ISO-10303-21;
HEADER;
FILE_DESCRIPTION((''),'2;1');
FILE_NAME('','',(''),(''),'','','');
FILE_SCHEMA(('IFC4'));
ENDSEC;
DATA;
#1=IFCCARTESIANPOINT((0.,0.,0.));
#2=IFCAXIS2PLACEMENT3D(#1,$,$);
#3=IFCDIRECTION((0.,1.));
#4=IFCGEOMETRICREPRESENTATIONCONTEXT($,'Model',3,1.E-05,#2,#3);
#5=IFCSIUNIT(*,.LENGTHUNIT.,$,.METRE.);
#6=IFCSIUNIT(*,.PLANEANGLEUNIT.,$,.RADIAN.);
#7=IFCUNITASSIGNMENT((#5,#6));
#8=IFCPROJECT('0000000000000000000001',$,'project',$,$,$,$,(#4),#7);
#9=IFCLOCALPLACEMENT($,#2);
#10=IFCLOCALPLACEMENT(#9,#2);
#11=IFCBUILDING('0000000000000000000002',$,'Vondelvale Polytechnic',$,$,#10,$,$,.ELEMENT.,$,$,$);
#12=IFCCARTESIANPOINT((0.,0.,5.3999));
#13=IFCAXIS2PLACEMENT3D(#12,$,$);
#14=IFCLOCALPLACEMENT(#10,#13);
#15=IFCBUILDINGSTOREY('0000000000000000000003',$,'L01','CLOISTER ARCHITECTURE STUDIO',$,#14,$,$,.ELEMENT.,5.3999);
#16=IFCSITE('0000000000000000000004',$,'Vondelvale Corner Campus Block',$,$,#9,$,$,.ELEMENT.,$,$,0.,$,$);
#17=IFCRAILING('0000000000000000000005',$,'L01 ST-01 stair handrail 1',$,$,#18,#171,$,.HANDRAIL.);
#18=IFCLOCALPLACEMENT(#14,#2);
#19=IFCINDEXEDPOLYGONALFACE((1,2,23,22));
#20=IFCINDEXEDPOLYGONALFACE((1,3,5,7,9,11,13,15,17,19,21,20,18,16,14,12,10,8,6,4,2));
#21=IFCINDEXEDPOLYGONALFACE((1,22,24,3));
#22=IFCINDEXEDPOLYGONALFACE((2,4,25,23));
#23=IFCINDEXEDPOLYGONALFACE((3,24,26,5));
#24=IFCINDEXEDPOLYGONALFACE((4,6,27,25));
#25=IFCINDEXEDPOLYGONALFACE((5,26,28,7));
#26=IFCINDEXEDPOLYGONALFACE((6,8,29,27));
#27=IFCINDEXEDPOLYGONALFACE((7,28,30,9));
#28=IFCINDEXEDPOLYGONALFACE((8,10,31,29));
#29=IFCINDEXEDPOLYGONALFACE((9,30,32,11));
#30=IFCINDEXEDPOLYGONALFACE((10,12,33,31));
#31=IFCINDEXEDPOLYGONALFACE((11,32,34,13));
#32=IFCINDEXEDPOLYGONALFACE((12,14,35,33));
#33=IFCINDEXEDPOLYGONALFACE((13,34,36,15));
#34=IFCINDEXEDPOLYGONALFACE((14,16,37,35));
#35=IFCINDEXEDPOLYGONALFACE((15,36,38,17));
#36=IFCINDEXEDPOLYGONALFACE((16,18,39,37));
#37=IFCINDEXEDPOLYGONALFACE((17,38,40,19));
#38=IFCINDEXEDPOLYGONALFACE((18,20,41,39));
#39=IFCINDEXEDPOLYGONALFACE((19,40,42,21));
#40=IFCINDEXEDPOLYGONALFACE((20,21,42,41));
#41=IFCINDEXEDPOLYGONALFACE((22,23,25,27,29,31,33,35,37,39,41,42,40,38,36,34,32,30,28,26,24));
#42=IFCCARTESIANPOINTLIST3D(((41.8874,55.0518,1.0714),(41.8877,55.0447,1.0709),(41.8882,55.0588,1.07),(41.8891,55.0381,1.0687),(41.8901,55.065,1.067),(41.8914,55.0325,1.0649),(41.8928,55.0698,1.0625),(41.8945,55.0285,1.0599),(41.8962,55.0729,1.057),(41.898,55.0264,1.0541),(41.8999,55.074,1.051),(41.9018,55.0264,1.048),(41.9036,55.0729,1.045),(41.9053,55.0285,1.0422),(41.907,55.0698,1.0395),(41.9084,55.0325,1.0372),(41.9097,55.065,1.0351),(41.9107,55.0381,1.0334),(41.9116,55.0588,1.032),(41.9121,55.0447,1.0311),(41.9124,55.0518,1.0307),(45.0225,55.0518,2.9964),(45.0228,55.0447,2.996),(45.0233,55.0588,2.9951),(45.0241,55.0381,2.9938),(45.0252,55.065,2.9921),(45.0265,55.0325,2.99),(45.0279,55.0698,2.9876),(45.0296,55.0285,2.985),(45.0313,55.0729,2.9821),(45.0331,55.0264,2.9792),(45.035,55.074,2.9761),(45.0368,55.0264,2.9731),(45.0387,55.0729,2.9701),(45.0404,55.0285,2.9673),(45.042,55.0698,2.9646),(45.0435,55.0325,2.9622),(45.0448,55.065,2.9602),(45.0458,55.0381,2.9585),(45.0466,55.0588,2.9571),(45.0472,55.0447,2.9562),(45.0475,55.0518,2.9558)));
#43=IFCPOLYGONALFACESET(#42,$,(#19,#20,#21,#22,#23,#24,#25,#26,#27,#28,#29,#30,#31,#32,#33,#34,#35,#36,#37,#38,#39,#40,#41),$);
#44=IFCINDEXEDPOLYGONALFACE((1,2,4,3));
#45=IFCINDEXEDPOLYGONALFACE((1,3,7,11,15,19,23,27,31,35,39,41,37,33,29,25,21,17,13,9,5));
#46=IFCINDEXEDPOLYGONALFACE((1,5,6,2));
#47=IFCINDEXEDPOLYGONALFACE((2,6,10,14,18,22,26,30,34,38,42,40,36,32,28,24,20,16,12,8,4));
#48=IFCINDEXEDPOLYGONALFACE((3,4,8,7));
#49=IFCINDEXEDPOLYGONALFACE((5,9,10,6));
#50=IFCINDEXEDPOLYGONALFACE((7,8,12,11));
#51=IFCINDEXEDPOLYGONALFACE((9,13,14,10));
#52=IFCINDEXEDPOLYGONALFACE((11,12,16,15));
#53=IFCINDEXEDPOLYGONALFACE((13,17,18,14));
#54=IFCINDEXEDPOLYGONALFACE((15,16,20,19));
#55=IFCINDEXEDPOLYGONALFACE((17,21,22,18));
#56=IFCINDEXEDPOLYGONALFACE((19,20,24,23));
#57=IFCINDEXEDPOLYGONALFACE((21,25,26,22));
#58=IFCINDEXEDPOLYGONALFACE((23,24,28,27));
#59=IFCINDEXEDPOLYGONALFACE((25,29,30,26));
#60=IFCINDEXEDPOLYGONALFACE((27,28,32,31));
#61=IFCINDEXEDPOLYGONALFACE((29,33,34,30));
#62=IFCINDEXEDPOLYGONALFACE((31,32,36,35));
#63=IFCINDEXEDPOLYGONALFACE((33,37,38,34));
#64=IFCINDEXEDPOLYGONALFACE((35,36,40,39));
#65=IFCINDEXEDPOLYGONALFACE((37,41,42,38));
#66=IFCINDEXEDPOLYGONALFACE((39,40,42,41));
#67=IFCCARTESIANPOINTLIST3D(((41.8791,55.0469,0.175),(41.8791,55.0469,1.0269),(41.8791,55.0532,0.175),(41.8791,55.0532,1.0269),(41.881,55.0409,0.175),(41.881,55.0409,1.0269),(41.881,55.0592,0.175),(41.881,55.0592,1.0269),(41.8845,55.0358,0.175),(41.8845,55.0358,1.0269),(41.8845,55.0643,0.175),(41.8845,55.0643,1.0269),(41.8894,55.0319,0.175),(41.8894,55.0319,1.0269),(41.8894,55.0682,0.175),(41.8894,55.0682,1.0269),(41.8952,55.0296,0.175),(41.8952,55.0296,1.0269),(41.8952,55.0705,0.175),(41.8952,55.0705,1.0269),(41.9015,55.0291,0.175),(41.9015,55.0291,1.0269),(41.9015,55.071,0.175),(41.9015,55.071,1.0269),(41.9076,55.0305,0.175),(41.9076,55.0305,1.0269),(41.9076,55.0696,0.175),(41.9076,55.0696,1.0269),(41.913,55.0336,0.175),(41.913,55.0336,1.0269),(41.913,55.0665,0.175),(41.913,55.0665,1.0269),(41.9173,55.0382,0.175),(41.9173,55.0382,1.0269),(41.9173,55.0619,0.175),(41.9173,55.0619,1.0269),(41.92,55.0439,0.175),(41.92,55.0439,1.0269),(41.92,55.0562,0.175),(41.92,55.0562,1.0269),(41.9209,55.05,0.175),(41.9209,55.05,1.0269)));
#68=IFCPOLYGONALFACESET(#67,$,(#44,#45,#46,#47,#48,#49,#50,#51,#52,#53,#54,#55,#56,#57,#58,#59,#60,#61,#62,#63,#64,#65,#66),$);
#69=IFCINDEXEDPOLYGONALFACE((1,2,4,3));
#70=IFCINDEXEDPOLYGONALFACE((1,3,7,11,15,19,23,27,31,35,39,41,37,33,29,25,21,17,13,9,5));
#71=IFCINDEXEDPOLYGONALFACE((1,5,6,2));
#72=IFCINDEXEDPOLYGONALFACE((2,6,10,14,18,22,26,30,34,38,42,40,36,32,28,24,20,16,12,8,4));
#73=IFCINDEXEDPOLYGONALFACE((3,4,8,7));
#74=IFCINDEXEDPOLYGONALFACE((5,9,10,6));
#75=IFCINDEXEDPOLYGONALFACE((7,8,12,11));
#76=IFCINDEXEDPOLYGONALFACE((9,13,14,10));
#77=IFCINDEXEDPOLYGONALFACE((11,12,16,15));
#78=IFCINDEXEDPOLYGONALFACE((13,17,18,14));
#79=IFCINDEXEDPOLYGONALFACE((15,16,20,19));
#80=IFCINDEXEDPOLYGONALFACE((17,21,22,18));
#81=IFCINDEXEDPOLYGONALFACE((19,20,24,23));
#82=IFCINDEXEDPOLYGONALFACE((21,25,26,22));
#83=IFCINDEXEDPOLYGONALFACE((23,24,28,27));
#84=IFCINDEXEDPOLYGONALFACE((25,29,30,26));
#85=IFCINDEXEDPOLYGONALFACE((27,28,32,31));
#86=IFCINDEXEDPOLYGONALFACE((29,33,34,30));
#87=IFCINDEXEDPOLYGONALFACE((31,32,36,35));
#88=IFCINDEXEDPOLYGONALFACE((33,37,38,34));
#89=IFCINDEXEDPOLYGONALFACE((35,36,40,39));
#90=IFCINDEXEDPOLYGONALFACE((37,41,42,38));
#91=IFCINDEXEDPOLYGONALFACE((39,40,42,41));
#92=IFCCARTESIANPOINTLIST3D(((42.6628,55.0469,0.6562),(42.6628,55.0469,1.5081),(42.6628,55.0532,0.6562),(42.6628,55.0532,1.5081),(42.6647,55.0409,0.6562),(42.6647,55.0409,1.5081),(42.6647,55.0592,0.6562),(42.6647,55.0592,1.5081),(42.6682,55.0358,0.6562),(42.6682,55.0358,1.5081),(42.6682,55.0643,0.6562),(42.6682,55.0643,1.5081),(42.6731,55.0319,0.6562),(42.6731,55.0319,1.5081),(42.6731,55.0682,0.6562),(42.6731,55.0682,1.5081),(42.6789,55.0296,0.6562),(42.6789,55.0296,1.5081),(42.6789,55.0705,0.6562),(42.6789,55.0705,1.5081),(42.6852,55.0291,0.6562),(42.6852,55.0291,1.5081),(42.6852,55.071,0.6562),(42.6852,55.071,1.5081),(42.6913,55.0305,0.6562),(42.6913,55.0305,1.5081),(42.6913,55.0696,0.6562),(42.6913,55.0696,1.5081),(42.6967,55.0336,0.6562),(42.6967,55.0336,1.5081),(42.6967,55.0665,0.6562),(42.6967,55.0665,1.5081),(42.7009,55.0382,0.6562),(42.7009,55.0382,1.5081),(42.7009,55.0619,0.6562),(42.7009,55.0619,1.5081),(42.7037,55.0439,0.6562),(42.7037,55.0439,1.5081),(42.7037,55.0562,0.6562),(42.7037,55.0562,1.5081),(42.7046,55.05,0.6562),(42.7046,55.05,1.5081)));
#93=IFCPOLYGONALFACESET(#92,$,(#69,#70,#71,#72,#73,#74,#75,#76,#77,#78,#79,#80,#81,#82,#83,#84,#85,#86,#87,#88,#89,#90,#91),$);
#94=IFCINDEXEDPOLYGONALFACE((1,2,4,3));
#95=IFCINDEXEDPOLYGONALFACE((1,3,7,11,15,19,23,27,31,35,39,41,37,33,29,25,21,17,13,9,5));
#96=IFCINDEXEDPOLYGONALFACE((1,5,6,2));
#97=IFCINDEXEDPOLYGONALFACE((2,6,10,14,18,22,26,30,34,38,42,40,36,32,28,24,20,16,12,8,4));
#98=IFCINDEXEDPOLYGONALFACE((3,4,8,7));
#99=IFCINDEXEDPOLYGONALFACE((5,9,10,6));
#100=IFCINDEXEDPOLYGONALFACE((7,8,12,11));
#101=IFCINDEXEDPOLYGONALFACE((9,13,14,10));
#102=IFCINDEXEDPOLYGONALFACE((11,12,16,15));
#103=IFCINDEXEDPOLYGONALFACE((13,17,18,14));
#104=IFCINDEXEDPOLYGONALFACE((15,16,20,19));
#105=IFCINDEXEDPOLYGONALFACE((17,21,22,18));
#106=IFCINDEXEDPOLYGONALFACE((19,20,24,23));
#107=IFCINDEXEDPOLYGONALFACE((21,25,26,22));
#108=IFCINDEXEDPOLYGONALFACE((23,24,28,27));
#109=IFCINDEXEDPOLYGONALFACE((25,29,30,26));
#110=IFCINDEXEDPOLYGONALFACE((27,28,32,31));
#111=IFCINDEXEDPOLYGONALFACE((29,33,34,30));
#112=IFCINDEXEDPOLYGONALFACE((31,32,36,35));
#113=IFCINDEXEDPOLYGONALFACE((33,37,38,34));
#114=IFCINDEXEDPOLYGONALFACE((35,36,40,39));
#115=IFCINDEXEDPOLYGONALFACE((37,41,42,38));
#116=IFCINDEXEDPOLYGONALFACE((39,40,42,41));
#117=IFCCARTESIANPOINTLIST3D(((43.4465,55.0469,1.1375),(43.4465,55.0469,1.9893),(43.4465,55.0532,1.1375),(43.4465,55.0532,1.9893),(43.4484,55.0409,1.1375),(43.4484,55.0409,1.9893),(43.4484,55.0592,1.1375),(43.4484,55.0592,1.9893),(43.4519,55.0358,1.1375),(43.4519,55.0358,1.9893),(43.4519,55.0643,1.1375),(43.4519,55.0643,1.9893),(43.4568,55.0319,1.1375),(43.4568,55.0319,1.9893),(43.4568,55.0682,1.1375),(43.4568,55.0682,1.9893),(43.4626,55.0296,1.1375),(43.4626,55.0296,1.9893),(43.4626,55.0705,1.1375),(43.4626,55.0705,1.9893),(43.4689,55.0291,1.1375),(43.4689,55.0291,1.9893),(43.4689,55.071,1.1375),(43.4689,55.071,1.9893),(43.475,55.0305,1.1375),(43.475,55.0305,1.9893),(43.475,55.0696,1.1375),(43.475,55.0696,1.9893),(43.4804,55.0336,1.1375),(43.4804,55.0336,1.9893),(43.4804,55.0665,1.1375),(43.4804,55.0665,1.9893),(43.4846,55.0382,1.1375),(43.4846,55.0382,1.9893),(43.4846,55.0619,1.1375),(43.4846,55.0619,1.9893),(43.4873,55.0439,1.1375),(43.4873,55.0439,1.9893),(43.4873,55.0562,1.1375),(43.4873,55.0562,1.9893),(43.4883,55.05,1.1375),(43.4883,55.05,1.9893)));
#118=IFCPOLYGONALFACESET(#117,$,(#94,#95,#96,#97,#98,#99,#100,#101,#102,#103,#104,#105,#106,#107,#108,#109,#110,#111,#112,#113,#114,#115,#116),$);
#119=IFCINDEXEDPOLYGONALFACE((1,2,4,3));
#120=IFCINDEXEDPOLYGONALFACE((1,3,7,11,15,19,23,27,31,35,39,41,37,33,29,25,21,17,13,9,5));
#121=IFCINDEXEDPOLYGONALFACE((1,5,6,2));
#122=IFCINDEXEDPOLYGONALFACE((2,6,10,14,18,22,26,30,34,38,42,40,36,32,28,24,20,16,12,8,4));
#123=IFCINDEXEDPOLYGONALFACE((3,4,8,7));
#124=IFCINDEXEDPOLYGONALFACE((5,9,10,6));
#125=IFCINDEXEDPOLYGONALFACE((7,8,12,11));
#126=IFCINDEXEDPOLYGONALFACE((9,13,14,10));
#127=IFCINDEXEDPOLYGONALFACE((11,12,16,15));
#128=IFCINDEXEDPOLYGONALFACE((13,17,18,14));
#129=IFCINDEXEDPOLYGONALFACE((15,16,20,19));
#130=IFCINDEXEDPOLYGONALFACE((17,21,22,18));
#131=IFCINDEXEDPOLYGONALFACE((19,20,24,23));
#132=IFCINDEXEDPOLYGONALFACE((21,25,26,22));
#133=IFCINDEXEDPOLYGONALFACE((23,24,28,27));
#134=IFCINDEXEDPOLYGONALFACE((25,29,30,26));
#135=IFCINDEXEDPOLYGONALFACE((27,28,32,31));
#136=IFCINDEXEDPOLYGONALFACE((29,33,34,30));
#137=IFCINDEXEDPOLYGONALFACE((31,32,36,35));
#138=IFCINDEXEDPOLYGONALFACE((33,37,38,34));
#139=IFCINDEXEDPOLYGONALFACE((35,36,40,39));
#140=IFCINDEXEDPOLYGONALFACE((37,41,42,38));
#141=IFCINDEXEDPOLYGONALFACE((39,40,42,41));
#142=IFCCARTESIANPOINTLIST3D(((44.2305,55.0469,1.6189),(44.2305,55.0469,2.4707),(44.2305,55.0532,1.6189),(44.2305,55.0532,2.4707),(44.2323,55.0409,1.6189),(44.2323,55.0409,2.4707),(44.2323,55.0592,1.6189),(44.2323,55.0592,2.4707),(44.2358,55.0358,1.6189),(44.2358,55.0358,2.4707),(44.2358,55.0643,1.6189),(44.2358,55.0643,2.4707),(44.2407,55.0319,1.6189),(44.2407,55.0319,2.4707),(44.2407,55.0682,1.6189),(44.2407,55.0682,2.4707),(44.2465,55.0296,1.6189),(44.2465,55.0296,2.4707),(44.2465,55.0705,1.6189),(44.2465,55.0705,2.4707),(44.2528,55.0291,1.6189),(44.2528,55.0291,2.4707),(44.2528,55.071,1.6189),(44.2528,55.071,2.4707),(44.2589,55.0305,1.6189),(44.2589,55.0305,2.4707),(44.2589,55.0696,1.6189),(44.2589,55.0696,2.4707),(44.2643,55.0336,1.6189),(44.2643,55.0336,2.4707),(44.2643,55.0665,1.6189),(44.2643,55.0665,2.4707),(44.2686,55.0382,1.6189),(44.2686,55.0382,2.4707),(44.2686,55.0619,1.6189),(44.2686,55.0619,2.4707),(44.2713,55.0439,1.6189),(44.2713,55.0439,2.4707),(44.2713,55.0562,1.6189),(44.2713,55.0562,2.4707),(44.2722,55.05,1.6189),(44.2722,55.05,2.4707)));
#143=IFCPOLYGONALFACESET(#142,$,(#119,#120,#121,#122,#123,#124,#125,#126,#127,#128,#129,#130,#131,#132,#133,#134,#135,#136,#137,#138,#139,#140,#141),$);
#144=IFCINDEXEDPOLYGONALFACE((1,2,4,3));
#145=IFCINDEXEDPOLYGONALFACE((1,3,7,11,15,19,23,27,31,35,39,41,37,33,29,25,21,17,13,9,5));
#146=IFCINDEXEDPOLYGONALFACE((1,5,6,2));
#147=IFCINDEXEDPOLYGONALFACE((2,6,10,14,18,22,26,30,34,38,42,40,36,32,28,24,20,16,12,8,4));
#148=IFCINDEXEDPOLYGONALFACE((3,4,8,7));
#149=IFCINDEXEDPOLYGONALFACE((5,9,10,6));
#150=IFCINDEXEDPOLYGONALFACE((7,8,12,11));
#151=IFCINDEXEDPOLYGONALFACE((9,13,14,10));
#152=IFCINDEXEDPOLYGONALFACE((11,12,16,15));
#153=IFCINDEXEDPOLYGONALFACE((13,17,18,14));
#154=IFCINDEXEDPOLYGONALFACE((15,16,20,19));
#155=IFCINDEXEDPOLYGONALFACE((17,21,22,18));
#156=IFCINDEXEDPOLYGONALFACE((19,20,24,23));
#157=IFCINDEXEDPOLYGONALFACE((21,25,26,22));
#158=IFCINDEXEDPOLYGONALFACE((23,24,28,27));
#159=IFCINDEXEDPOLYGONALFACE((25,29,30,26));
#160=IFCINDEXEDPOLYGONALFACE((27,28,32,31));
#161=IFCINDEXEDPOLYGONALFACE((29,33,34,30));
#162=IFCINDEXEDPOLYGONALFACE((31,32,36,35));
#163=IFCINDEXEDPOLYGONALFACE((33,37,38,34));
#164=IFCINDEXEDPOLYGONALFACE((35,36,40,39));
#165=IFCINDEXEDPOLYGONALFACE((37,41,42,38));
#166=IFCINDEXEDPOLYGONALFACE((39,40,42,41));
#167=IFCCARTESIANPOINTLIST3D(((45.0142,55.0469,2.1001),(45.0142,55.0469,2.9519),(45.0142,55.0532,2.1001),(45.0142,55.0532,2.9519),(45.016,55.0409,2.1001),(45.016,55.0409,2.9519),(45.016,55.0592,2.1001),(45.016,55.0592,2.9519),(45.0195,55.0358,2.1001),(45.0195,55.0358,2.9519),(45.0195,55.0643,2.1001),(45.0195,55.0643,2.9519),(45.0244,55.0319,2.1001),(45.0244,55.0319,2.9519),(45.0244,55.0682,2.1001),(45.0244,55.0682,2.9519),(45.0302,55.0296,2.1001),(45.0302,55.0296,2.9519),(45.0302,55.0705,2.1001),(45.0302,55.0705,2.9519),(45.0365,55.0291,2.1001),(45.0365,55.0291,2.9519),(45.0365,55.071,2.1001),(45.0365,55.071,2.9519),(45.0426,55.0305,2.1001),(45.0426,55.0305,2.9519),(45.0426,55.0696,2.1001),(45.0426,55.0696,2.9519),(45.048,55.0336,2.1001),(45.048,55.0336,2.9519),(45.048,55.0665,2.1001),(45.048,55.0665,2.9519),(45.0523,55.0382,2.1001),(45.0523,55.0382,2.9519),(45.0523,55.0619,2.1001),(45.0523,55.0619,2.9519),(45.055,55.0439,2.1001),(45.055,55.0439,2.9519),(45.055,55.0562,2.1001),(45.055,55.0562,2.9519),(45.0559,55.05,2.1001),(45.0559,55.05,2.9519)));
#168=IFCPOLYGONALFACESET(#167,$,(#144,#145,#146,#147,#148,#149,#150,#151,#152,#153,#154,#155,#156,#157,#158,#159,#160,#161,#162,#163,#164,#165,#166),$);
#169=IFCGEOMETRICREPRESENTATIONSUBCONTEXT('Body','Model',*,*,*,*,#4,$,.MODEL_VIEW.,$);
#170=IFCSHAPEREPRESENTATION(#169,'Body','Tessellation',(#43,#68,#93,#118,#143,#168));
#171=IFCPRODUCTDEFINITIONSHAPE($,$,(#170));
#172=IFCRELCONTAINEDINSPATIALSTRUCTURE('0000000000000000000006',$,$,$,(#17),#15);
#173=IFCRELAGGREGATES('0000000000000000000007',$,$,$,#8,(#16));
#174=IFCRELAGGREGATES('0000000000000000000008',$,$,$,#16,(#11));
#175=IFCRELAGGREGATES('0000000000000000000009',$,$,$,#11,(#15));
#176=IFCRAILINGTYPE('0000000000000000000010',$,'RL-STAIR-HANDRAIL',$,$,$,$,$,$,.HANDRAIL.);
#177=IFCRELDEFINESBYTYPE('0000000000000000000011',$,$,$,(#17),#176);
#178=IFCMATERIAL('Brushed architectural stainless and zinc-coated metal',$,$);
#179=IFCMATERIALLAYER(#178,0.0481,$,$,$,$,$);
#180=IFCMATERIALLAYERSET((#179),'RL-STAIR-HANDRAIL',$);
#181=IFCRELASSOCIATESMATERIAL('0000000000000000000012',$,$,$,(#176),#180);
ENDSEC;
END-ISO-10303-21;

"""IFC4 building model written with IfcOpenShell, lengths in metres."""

from ifc_helpers import new_model, si_unit, direction, frame, origin, origin_2d, place, context, subcontext, project, spatial, circle, extrude, material, layer, layer_set, type_object, element, save


model = new_model("IFC4")

# Units and contexts
model_context = context("Model", 3, precision=1e-05, world=origin(), true_north=direction((0.0, 1.0)))
body_context = subcontext(model_context, "Body", "Model", "MODEL_VIEW")
ifc_project = project(units=[si_unit("LENGTHUNIT", "METRE"), si_unit("PLANEANGLEUNIT", "RADIAN")], contexts=[model_context])

# Site, building, storey
site_placement = place(None, origin())
site = spatial("IfcSite", under=ifc_project, at=site_placement, Name="Vondelvale Corner Campus Block", CompositionType="ELEMENT", RefElevation=0.0)
building_placement = place(site_placement, origin())
building = spatial("IfcBuilding", under=site, at=building_placement, Name="Vondelvale Polytechnic", CompositionType="ELEMENT")
storey_placement = place(building_placement, frame((0.0, 0.0, 5.3999)))
storey = spatial("IfcBuildingStorey", under=building, at=storey_placement, Name="L01", Description="CLOISTER ARCHITECTURE STUDIO", CompositionType="ELEMENT", Elevation=5.3999)

# Shared definitions
ifc_material_1 = material(Name="Brushed architectural stainless and zinc-coated metal")

# Railing
ifc_layer_1 = layer(ifc_material_1, 0.0481)
ifc_layer_set_1 = layer_set([ifc_layer_1], Name="RL-STAIR-HANDRAIL")
railing_type_1 = type_object("IfcRailingType", Name="RL-STAIR-HANDRAIL", PredefinedType="HANDRAIL", material=ifc_layer_set_1)
railing_1_placement = place(storey_placement, frame((41.8999, 55.05, 0.175)))
element("IfcRailing", 1, at=railing_1_placement, inside=storey, type_object=railing_type_1, Name="L01 ST-01 stair handrail 1", PredefinedType="HANDRAIL", context=body_context, shape_type="SweptSolid", body=[
    extrude(circle(Radius=0.0239, at=origin_2d()), frame((0.0, 0.0, 0.876), z_axis=(0.852166, 0.0, 0.523271), x_axis=(0.0, 1.0, 0.0)), (0.0, 0.0, 1.0), 3.679),
    extrude(circle(Radius=0.021, at=origin_2d()), origin(), (0.0, 0.0, 1.0), 0.8518),
    extrude(circle(Radius=0.021, at=origin_2d()), frame((0.7837, 0.0, 0.4812)), (0.0, 0.0, 1.0), 0.8518),
    extrude(circle(Radius=0.021, at=origin_2d()), frame((1.5674, 0.0, 0.9624)), (0.0, 0.0, 1.0), 0.8518),
    extrude(circle(Radius=0.021, at=origin_2d()), frame((2.3513, 0.0, 1.4438)), (0.0, 0.0, 1.0), 0.8518),
    extrude(circle(Radius=0.021, at=origin_2d()), frame((3.135, 0.0, 1.925)), (0.0, 0.0, 1.0), 0.8518),
])

save(model, "model.ifc")
